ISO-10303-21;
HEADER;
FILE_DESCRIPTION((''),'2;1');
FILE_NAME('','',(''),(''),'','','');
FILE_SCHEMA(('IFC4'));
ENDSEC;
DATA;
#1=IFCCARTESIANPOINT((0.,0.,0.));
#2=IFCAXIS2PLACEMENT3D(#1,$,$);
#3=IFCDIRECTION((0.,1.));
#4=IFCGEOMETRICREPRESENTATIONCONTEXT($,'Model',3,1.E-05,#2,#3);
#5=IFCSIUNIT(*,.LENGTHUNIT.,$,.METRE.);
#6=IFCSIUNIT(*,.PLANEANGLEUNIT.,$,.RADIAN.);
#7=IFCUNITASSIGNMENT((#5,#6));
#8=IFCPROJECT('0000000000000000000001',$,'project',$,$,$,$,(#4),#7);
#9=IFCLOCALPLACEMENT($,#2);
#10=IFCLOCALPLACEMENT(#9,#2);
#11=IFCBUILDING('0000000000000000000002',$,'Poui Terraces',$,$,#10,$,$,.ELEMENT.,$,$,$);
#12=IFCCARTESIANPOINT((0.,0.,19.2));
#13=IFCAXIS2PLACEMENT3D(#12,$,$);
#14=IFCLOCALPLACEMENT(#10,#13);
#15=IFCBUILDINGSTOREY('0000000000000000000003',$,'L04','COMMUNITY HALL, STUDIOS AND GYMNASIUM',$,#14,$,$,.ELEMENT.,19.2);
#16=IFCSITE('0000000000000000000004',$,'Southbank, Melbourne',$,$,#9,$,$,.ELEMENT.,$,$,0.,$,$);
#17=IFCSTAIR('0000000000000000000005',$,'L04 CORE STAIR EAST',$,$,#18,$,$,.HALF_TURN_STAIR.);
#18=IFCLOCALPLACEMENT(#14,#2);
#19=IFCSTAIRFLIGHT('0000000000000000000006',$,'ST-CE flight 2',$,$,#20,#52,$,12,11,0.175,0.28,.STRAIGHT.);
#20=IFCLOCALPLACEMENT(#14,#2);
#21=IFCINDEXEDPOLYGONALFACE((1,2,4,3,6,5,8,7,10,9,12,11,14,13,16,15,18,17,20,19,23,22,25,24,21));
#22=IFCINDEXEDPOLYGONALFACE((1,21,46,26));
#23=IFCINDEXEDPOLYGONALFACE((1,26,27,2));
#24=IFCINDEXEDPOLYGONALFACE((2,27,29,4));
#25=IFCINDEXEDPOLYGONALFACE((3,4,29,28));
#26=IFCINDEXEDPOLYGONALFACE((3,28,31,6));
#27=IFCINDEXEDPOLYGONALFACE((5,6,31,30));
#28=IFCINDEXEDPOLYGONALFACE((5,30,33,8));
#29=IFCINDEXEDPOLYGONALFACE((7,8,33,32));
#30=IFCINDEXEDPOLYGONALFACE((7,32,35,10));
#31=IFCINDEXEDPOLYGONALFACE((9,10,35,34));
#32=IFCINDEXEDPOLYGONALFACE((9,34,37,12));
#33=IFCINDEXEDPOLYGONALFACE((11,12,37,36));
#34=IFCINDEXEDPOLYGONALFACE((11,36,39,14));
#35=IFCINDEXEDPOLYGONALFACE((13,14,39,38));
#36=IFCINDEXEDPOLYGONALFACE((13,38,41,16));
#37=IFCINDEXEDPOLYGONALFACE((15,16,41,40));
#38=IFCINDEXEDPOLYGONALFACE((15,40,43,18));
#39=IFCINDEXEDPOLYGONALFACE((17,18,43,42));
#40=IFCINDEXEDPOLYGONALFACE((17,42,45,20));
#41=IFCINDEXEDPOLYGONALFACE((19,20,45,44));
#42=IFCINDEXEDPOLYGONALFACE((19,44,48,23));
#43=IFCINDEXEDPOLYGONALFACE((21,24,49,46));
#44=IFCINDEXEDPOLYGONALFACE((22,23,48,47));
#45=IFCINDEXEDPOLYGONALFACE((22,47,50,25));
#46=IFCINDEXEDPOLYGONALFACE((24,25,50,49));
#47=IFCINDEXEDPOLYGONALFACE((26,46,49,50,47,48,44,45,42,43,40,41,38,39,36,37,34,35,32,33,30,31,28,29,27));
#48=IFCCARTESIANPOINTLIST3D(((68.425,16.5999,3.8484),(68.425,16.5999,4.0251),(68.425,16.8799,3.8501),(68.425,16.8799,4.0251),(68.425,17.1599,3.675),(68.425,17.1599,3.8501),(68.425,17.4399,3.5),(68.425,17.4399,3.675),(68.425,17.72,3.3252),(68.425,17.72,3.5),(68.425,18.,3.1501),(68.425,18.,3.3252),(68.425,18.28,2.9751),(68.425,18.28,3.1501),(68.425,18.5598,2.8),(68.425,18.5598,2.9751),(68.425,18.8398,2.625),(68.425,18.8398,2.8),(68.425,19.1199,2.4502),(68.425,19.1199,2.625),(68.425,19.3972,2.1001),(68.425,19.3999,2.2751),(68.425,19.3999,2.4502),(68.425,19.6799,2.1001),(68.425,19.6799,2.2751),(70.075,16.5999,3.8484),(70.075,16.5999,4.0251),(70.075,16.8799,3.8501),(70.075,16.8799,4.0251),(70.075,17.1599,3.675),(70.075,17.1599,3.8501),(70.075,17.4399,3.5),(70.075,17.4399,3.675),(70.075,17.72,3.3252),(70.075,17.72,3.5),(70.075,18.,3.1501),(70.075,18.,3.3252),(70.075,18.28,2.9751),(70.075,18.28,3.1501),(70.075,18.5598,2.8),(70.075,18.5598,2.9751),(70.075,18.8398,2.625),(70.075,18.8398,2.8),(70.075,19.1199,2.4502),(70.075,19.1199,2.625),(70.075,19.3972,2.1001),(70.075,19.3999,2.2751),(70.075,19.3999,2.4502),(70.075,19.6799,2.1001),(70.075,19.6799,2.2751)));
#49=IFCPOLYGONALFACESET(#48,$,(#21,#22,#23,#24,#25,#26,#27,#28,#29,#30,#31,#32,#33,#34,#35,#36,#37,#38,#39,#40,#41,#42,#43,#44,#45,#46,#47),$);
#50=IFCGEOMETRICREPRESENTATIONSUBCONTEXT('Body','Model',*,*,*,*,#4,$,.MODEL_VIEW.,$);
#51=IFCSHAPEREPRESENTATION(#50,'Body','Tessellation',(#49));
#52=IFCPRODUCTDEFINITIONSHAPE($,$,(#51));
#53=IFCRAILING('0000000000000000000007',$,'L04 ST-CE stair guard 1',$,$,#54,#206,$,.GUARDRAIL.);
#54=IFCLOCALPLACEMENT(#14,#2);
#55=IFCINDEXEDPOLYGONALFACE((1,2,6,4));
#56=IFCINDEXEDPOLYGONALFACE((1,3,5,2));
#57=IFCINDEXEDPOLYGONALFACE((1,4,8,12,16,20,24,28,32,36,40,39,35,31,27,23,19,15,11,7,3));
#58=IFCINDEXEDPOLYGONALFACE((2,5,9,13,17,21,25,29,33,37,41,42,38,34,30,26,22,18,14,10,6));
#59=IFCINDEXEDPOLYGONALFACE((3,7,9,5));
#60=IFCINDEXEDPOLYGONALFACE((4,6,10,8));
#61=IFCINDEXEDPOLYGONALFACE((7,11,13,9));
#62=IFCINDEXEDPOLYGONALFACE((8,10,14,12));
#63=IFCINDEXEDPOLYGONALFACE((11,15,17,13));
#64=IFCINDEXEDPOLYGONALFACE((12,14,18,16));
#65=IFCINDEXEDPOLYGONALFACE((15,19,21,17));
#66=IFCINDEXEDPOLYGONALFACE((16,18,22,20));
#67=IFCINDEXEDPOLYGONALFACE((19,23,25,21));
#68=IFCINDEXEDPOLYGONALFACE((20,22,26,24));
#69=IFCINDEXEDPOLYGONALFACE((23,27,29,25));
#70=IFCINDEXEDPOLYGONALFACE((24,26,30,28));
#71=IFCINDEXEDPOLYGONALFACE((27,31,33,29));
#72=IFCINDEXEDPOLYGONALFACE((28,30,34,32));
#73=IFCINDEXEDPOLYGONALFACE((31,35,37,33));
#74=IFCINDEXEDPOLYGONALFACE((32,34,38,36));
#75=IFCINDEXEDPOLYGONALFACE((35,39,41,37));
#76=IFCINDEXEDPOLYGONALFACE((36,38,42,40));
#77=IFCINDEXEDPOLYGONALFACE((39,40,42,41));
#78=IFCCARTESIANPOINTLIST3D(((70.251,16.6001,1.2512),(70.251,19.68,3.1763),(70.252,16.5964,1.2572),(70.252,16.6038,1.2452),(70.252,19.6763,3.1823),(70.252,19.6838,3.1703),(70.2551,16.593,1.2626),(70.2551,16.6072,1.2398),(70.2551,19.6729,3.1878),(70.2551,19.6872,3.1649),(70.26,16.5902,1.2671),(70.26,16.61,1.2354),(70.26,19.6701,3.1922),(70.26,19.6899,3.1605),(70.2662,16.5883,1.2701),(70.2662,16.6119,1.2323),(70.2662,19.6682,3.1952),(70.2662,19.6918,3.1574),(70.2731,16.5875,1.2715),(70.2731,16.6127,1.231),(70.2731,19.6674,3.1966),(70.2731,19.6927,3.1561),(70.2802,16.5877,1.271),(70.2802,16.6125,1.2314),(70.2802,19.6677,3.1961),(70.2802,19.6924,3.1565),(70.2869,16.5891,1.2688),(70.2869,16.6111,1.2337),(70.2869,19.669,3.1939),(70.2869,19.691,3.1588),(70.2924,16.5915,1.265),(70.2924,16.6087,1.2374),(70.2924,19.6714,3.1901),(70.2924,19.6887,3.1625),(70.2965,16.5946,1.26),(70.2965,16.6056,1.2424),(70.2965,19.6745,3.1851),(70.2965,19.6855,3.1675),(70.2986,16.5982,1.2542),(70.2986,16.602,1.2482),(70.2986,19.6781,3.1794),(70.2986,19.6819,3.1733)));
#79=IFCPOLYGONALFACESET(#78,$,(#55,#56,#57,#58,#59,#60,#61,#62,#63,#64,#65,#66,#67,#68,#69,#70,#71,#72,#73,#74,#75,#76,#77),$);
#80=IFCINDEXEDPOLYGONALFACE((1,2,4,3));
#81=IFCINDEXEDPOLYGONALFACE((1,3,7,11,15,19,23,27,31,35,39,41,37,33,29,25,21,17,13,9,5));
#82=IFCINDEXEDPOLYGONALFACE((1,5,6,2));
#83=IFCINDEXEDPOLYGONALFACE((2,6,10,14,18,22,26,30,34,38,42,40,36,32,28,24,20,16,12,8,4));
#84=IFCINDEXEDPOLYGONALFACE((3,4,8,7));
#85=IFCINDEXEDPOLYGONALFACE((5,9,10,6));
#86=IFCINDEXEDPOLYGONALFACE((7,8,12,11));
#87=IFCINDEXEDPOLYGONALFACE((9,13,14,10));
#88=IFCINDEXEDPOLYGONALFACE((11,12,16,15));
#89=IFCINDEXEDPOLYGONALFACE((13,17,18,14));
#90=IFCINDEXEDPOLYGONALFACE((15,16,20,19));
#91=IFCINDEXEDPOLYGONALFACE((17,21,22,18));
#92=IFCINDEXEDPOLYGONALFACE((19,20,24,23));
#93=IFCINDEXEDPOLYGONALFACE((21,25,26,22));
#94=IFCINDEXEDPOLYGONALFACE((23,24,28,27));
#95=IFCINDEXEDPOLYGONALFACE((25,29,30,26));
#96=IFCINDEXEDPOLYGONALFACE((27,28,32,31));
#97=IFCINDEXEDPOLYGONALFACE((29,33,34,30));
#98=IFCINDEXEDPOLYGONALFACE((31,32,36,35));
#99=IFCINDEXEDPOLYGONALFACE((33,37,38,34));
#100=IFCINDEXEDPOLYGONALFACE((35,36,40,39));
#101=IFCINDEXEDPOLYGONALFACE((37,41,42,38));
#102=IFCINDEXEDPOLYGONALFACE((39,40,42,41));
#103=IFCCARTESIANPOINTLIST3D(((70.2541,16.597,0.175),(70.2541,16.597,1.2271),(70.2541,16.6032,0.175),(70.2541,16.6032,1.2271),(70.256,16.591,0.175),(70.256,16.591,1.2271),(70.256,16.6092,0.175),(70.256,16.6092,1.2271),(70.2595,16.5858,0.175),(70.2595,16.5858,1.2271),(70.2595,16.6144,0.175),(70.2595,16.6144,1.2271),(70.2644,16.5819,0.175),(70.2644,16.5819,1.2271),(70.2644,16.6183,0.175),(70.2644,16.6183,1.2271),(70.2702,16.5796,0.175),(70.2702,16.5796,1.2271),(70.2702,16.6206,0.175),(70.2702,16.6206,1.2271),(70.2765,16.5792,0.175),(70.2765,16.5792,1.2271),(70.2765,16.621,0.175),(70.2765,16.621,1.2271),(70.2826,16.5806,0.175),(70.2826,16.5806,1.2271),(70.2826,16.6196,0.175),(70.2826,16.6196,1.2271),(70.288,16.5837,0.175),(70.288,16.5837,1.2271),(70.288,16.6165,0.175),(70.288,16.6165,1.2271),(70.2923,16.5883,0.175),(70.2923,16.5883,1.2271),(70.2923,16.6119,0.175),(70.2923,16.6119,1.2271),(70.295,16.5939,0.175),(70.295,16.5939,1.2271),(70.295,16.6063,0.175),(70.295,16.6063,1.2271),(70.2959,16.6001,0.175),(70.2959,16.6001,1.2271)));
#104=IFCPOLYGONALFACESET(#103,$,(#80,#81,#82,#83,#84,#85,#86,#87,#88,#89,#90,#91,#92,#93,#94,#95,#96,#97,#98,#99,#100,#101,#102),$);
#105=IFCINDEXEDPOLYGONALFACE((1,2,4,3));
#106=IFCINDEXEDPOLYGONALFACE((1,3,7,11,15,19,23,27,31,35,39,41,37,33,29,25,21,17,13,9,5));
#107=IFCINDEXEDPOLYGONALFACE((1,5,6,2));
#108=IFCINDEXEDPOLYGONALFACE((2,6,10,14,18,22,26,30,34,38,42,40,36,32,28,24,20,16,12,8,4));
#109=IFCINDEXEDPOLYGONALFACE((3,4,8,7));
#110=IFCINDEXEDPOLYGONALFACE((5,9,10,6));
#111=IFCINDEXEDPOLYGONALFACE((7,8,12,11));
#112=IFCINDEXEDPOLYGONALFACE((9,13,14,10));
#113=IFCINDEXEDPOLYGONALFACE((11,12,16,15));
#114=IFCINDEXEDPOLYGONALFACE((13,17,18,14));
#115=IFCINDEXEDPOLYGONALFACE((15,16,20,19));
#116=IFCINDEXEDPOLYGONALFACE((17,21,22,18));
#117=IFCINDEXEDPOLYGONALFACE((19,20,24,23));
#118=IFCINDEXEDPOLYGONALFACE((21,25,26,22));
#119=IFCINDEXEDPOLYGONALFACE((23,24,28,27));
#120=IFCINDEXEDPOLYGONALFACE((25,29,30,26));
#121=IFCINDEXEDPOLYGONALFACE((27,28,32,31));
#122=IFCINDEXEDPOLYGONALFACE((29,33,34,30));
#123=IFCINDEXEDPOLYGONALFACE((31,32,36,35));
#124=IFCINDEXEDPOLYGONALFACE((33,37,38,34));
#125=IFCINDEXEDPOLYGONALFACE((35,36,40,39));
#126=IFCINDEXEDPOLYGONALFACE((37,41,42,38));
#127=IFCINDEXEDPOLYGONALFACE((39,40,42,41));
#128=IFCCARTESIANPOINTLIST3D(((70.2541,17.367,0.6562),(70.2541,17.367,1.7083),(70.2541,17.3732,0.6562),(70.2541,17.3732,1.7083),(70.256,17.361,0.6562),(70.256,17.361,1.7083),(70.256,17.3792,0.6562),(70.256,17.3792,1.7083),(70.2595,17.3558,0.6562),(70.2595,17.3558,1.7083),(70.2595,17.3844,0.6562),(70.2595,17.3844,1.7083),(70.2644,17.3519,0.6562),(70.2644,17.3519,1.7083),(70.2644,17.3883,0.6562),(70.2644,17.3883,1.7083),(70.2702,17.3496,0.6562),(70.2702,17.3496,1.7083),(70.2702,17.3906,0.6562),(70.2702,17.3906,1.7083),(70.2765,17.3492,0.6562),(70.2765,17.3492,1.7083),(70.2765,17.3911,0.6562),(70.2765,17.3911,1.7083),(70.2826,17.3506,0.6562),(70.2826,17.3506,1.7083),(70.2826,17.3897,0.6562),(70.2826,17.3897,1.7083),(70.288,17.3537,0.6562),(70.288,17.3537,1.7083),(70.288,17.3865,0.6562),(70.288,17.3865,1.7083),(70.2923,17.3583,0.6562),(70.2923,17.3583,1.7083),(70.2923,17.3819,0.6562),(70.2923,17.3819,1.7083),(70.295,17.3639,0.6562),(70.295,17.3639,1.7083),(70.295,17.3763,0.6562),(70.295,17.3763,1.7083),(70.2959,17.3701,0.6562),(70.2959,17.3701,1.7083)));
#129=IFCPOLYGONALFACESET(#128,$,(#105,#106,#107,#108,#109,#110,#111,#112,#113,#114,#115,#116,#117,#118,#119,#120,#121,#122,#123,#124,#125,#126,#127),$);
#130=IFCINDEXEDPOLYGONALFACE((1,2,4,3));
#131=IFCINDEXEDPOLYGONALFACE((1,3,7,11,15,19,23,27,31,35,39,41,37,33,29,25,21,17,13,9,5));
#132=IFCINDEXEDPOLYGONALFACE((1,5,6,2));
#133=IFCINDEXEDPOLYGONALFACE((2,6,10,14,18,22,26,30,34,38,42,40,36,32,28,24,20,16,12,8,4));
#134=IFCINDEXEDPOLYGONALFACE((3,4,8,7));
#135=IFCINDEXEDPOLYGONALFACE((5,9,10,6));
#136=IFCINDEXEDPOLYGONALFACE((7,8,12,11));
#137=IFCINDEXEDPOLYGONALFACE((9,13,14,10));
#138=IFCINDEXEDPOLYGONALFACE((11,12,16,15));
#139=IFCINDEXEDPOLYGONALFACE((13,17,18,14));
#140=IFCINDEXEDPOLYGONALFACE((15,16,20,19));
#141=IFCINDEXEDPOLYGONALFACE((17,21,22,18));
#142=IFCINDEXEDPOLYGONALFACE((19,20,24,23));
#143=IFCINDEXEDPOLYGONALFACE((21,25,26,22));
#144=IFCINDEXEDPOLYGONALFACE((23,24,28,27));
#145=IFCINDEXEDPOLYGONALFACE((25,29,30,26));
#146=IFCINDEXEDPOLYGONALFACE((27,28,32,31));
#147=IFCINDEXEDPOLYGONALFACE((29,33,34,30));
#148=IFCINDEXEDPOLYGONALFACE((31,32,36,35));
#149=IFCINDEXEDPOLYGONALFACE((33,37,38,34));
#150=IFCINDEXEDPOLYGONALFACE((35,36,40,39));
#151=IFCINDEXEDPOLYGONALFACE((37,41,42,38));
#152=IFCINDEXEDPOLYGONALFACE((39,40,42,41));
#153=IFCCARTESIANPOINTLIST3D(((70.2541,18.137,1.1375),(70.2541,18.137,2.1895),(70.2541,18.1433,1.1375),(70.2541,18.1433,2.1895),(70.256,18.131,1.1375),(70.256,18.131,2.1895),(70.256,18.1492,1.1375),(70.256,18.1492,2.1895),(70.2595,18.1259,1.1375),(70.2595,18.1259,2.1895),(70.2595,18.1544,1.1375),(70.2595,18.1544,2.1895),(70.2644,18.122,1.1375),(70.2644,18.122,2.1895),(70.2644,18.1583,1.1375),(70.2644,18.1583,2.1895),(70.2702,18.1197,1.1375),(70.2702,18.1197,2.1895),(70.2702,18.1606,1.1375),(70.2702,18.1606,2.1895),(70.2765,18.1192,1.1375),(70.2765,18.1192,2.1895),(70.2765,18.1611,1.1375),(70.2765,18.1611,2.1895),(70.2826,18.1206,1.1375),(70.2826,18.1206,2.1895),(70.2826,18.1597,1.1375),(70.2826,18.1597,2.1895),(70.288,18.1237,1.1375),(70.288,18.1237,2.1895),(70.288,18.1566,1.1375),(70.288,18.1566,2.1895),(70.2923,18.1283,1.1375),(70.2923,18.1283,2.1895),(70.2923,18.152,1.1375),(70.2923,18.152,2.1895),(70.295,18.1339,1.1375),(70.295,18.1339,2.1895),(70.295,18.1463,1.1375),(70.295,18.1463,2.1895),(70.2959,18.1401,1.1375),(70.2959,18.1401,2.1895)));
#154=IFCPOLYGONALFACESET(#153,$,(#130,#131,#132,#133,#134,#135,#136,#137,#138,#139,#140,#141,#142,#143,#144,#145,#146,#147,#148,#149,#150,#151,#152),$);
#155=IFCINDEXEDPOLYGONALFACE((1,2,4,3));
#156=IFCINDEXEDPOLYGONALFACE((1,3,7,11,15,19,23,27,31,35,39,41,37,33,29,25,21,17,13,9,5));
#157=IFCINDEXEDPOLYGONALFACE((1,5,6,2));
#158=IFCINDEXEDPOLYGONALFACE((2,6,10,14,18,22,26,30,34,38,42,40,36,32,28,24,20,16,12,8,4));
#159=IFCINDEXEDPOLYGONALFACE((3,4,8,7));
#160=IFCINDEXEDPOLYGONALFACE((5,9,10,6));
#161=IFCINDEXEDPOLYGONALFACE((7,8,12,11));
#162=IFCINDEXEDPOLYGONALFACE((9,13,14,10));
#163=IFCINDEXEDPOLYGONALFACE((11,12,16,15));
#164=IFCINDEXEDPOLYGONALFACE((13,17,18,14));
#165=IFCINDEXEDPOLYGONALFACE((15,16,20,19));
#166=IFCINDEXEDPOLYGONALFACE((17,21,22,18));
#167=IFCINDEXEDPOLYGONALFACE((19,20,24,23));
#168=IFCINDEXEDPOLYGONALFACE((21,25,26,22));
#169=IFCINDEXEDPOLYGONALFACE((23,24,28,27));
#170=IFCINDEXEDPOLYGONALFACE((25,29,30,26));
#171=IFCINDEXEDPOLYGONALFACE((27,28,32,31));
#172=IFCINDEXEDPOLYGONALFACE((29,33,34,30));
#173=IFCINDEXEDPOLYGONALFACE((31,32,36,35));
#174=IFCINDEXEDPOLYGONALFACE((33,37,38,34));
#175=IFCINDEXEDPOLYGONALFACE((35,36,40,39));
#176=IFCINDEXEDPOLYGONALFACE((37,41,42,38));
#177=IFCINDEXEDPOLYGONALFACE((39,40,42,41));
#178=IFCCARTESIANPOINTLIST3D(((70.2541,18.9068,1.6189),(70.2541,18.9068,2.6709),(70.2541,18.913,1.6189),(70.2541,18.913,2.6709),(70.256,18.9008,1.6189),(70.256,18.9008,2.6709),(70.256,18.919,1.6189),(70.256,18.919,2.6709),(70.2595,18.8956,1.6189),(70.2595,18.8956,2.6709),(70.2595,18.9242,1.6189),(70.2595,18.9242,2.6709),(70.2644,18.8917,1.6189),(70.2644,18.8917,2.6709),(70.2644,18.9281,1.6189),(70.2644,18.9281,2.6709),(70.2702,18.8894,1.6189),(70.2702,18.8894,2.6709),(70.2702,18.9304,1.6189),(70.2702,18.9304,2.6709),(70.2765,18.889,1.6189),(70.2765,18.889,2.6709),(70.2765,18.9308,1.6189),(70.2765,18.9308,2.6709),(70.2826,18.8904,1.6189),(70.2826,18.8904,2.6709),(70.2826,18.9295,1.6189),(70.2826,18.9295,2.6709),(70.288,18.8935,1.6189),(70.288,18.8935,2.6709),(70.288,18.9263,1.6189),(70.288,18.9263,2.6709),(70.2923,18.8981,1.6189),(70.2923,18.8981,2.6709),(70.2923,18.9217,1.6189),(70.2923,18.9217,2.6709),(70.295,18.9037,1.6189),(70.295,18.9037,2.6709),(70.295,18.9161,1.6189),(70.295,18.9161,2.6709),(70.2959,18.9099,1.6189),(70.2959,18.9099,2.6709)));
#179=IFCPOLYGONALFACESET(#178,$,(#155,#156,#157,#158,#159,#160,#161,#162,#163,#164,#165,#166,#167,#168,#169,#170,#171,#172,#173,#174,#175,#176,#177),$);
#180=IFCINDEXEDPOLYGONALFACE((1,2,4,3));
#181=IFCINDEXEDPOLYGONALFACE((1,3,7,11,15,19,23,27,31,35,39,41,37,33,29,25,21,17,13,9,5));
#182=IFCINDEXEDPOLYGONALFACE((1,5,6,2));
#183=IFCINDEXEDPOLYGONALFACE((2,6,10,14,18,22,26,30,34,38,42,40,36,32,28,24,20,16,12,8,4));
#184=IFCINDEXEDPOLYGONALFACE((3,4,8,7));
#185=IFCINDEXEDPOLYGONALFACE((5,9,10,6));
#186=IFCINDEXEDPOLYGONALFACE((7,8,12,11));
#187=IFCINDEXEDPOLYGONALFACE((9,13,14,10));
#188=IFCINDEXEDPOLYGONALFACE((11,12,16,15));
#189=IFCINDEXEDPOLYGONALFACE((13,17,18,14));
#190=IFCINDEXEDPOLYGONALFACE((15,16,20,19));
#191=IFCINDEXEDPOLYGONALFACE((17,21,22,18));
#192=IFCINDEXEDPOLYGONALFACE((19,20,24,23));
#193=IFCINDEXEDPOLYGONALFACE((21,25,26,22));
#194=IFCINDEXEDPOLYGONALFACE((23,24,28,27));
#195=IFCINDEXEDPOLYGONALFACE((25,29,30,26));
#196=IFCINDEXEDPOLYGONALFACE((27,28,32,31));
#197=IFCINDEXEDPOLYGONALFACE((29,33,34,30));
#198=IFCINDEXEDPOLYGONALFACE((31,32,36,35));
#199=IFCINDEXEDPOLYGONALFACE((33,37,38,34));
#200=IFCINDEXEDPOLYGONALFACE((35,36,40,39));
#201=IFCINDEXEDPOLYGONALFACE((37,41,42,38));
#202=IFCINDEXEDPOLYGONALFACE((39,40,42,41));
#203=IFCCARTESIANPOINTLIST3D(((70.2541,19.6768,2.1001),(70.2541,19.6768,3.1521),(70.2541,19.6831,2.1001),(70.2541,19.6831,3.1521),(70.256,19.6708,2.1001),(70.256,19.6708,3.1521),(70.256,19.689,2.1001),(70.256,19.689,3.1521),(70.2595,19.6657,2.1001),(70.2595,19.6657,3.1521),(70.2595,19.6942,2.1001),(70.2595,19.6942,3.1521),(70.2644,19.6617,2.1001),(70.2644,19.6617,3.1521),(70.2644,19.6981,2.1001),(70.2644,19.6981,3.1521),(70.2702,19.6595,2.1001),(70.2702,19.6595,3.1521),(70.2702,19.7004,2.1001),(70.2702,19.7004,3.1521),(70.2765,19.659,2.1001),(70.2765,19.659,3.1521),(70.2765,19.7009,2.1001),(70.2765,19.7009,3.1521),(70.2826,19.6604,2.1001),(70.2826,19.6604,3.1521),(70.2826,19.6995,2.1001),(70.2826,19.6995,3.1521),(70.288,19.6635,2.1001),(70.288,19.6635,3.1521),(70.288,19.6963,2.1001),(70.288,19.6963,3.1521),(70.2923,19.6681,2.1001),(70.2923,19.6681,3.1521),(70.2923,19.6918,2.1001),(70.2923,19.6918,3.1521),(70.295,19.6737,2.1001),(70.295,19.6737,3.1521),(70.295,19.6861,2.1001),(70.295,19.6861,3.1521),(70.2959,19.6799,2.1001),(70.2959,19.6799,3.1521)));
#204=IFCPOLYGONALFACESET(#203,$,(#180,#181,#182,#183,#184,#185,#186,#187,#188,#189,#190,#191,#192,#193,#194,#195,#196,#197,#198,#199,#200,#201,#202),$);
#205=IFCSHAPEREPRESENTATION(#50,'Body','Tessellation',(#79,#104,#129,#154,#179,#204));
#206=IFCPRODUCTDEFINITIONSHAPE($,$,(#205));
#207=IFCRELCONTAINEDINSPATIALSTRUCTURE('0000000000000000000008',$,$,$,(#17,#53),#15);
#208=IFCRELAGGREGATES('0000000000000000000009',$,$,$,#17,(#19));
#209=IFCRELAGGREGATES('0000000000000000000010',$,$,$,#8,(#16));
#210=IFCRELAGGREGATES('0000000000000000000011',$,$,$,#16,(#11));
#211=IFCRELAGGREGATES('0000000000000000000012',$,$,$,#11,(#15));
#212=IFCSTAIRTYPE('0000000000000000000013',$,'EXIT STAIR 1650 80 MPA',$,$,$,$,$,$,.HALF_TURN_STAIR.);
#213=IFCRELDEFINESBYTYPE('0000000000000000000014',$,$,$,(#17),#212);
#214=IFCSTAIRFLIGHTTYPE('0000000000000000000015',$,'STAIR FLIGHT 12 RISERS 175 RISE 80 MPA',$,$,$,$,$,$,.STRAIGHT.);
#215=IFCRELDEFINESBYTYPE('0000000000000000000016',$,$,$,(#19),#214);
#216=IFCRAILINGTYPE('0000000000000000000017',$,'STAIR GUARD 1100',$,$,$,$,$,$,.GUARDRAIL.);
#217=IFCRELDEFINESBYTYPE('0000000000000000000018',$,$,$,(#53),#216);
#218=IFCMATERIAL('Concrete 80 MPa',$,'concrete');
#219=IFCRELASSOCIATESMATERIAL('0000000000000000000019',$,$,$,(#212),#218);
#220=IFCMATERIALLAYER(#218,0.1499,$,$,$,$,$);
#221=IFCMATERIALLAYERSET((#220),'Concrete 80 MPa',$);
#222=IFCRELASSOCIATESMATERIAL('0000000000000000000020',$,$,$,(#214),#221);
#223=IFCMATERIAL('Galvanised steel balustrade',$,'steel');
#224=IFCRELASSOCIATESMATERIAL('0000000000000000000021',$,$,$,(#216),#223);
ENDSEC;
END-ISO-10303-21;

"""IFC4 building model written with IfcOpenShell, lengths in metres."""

from ifc_helpers import new_model, si_unit, direction, frame, origin, origin_2d, place, context, subcontext, project, spatial, polyline, circle, outline, extrude, material, layer, layer_set, type_object, element, aggregate, save


model = new_model("IFC4")

# Units and contexts
model_context = context("Model", 3, precision=1e-05, world=origin(), true_north=direction((0.0, 1.0)))
body_context = subcontext(model_context, "Body", "Model", "MODEL_VIEW")
ifc_project = project(units=[si_unit("LENGTHUNIT", "METRE"), si_unit("PLANEANGLEUNIT", "RADIAN")], contexts=[model_context])

# Site, building, storey
site_placement = place(None, origin())
site = spatial("IfcSite", under=ifc_project, at=site_placement, Name="Southbank, Melbourne", CompositionType="ELEMENT", RefElevation=0.0)
building_placement = place(site_placement, origin())
building = spatial("IfcBuilding", under=site, at=building_placement, Name="Poui Terraces", CompositionType="ELEMENT")
storey_placement = place(building_placement, frame((0.0, 0.0, 19.2)))
storey = spatial("IfcBuildingStorey", under=building, at=storey_placement, Name="L04", Description="COMMUNITY HALL, STUDIOS AND GYMNASIUM", CompositionType="ELEMENT", Elevation=19.2)

# Shared definitions
ifc_material_1 = material(Name="Concrete 80 MPa", Category="concrete")

# Stair, stair flight
stair_type = type_object("IfcStairType", Name="EXIT STAIR 1650 80 MPA", PredefinedType="HALF_TURN_STAIR", material=ifc_material_1)
stair_placement = place(storey_placement, origin())
stair = element("IfcStair", 1, at=stair_placement, inside=storey, type_object=stair_type, Name="L04 CORE STAIR EAST", PredefinedType="HALF_TURN_STAIR")
ifc_layer_1 = layer(ifc_material_1, 0.1499)
ifc_layer_set_1 = layer_set([ifc_layer_1], Name="Concrete 80 MPa")
stair_flight_type = type_object("IfcStairFlightType", Name="STAIR FLIGHT 12 RISERS 175 RISE 80 MPA", PredefinedType="STRAIGHT", material=ifc_layer_set_1)
stair_flight_1_placement = place(storey_placement, frame((69.25, 19.6799, 2.1001), z_axis=(0.0, 0.0, 1.0), x_axis=(0.0, -1.0, 0.0)))
stair_flight_1 = element("IfcStairFlight", 2, at=stair_flight_1_placement, type_object=stair_flight_type, Name="ST-CE flight 2", NumberOfRisers=12, NumberOfTreads=11, PredefinedType="STRAIGHT", RiserHeight=0.175, TreadLength=0.28, context=body_context, shape_type="SweptSolid", body=[
    extrude(outline(polyline([(0.0, 0.0), (0.0, 0.175), (0.28, 0.175), (0.28, 0.3501), (0.5601, 0.3501), (0.5601, 0.5249), (0.8401, 0.5249), (0.8401, 0.7), (1.1201, 0.7), (1.1201, 0.875), (1.3999, 0.875), (1.3999, 1.05), (1.6799, 1.05), (1.6799, 1.2251), (1.96, 1.2251), (1.96, 1.3999), (2.24, 1.3999), (2.24, 1.575), (2.52, 1.575), (2.52, 1.75), (2.8, 1.75), (2.8, 1.925), (3.0801, 1.925), (3.0801, 2.1001), (3.0801, 1.7483), (0.2827, 0.0), (0.0, 0.0)])), frame((0.0, 0.825, 0.0), z_axis=(0.0, -1.0, 0.0), x_axis=(1.0, 0.0, 0.0)), (0.0, 0.0, 1.0), 1.6499),
])
aggregate(stair, [stair_flight_1])

# Railing
ifc_material_2 = material(Name="Galvanised steel balustrade", Category="steel")
railing_type_1 = type_object("IfcRailingType", Name="STAIR GUARD 1100", PredefinedType="GUARDRAIL", material=ifc_material_2)
railing_1_placement = place(storey_placement, frame((70.2749, 16.6001, 0.175)))
element("IfcRailing", 3, at=railing_1_placement, inside=storey, type_object=railing_type_1, Name="L04 ST-CE stair guard 1", PredefinedType="GUARDRAIL", context=body_context, shape_type="SweptSolid", body=[
    extrude(circle(Radius=0.0239, at=origin_2d()), frame((0.0, 0.0, 1.0762), z_axis=(0.0, 0.847979, 0.530029), x_axis=(-1.0, 0.0, 0.0)), (0.0, 0.0, 1.0), 3.6321),
    extrude(circle(Radius=0.021, at=origin_2d()), origin(), (0.0, 0.0, 1.0), 1.052),
    extrude(circle(Radius=0.021, at=origin_2d()), frame((0.0, 0.77, 0.4812)), (0.0, 0.0, 1.0), 1.052),
    extrude(circle(Radius=0.021, at=origin_2d()), frame((0.0, 1.54, 0.9624)), (0.0, 0.0, 1.0), 1.052),
    extrude(circle(Radius=0.021, at=origin_2d()), frame((0.0, 2.3098, 1.4438)), (0.0, 0.0, 1.0), 1.052),
    extrude(circle(Radius=0.021, at=origin_2d()), frame((0.0, 3.0798, 1.925)), (0.0, 0.0, 1.0), 1.052),
])

save(model, "model.ifc")
